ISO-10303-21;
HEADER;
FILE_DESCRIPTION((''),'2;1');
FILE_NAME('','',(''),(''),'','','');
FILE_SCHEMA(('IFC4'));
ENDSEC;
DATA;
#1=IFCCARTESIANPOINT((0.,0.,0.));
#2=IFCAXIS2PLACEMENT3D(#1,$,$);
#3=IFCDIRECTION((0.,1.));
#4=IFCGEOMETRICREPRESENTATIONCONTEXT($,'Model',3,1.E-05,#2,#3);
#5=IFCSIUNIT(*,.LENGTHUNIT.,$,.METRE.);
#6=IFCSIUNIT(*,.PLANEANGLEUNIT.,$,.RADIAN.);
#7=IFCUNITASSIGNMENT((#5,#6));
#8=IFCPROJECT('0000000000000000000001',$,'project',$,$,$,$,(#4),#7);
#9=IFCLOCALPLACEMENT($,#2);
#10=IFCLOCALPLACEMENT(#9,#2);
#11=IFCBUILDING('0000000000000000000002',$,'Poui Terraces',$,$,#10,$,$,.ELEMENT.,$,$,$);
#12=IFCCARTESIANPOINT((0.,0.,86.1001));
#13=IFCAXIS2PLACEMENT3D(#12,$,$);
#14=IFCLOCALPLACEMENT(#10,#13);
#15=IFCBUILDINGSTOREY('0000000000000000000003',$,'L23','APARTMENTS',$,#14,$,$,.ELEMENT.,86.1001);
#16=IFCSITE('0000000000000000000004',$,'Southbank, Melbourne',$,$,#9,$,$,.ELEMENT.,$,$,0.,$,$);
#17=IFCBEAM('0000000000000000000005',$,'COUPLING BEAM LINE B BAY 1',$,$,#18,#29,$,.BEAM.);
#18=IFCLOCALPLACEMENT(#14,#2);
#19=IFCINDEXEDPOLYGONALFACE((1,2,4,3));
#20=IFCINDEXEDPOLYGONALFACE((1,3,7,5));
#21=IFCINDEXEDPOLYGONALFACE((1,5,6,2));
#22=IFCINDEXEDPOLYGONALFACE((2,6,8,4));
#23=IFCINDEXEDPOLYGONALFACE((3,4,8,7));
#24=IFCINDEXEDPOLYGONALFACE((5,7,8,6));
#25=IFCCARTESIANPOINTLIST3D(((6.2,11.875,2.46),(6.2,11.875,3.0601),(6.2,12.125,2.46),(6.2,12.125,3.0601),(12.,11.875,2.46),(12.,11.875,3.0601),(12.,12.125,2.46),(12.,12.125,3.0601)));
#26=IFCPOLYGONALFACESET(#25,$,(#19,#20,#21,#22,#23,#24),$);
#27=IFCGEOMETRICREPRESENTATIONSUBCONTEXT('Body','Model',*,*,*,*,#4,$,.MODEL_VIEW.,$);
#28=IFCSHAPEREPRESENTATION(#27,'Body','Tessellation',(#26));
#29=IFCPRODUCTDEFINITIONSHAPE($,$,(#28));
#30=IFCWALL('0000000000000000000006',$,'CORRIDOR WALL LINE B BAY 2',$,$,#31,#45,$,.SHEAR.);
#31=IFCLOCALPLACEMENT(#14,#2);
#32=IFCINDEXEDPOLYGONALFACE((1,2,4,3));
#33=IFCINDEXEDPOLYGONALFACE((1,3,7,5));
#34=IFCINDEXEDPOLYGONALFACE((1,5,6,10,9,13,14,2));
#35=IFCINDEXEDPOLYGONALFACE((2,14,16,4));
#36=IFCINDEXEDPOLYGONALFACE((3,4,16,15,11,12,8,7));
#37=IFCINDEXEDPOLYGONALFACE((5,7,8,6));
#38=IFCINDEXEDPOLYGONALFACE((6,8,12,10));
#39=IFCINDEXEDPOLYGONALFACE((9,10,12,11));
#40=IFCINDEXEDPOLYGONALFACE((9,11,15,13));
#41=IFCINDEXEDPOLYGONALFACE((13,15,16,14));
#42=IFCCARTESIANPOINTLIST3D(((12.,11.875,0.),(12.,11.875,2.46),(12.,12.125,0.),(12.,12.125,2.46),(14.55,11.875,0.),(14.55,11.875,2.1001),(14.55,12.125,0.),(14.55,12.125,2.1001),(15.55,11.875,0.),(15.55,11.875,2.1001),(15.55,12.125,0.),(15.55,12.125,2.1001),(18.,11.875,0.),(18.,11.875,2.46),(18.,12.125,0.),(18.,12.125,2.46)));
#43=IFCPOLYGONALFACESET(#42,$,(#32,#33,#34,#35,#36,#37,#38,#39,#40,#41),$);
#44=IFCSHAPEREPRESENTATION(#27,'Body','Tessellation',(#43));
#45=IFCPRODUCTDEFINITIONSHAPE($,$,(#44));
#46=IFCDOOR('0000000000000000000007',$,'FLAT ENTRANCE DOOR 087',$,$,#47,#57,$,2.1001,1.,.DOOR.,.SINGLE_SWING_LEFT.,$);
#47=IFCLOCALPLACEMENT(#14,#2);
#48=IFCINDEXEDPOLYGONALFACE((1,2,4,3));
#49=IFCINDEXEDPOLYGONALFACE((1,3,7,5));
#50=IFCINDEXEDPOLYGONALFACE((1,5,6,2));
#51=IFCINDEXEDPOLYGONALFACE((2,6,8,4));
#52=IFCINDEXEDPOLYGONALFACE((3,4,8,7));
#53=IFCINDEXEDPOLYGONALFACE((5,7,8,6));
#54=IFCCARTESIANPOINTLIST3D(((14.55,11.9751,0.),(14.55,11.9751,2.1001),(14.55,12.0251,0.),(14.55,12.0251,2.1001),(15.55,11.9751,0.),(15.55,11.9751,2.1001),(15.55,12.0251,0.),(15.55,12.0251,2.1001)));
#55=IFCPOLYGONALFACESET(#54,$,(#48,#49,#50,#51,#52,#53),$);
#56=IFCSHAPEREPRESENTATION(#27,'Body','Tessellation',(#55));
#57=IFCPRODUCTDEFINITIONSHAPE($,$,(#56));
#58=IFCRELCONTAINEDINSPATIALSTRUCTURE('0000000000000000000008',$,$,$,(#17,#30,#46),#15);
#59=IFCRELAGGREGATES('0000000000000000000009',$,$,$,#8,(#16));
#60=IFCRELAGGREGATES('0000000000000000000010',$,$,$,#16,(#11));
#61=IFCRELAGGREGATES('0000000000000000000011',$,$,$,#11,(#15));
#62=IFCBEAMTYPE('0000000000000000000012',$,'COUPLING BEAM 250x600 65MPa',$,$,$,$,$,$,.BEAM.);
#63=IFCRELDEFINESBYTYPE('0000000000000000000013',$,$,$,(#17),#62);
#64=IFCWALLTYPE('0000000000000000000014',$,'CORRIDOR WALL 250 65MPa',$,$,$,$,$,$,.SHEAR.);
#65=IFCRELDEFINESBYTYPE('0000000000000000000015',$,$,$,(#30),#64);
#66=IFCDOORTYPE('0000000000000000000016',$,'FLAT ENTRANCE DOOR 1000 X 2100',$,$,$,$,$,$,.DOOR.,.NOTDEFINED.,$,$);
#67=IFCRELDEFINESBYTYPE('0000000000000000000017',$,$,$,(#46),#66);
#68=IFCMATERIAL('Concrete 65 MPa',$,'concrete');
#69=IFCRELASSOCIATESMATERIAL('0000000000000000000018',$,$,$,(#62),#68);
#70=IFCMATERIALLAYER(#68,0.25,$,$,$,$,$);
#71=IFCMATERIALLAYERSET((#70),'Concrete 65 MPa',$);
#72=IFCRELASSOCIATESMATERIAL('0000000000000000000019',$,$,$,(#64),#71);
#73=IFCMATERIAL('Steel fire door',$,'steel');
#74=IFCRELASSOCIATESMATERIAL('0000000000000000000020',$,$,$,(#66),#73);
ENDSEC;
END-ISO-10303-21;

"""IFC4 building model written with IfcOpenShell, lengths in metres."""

from ifc_helpers import new_model, si_unit, direction, frame, frame_2d, origin, origin_2d, place, context, subcontext, project, spatial, rectangle, extrude, source, transform, mapped, material, layer, layer_set, material_profile, profile_set, type_object, element, fill, save


model = new_model("IFC4")

# Units and contexts
model_context = context("Model", 3, precision=1e-05, world=origin(), true_north=direction((0.0, 1.0)))
body_context = subcontext(model_context, "Body", "Model", "MODEL_VIEW")
ifc_project = project(units=[si_unit("LENGTHUNIT", "METRE"), si_unit("PLANEANGLEUNIT", "RADIAN")], contexts=[model_context])

# Site, building, storey
site_placement = place(None, origin())
site = spatial("IfcSite", under=ifc_project, at=site_placement, Name="Southbank, Melbourne", CompositionType="ELEMENT", RefElevation=0.0)
building_placement = place(site_placement, origin())
building = spatial("IfcBuilding", under=site, at=building_placement, Name="Poui Terraces", CompositionType="ELEMENT")
storey_placement = place(building_placement, frame((0.0, 0.0, 86.1001)))
storey = spatial("IfcBuildingStorey", under=building, at=storey_placement, Name="L23", Description="APARTMENTS", CompositionType="ELEMENT", Elevation=86.1001)

# Beam
ifc_material_1 = material(Name="Concrete 65 MPa", Category="concrete")
ifc_material_profile = material_profile(ifc_material_1, rectangle(XDim=0.25, YDim=0.6001, at=origin_2d()), Name="RC 250x600")
ifc_profile_set = profile_set([ifc_material_profile], Name="Concrete 65 MPa")
beam_type = type_object("IfcBeamType", Name="COUPLING BEAM 250x600 65MPa", PredefinedType="BEAM", material=ifc_profile_set)
shared_shape = source(origin(), body_context, "Body", "SweptSolid", [
    extrude(rectangle(XDim=0.25, YDim=0.6001, at=origin_2d()), origin(), (0.0, 0.0, 1.0), 5.8),
])
beam_placement = place(storey_placement, frame((6.2, 12.0, 2.76), z_axis=(1.0, 0.0, 0.0), x_axis=(0.0, 1.0, 0.0)))
element("IfcBeam", 1, at=beam_placement, inside=storey, type_object=beam_type, Name="COUPLING BEAM LINE B BAY 1", PredefinedType="BEAM", context=body_context, shape_type="MappedRepresentation", body=[
    mapped(shared_shape, transform((0.0, 0.0, 0.0))),
])

# Wall, opening, door
ifc_layer_1 = layer(ifc_material_1, 0.25)
ifc_layer_set_1 = layer_set([ifc_layer_1], Name="Concrete 65 MPa")
wall_type_1 = type_object("IfcWallType", Name="CORRIDOR WALL 250 65MPa", PredefinedType="SHEAR", material=ifc_layer_set_1)
wall_1_placement = place(storey_placement, frame((12.0, 12.0, 0.0), z_axis=(0.0, 0.0, 1.0), x_axis=(1.0, 0.0, 0.0)))
wall_1 = element("IfcWall", 2, at=wall_1_placement, inside=storey, type_object=wall_type_1, Name="CORRIDOR WALL LINE B BAY 2", PredefinedType="SHEAR", context=body_context, shape_type="SweptSolid", body=[
    extrude(rectangle(XDim=6.0, YDim=0.25, at=frame_2d((3.0, 0.0))), origin(), (0.0, 0.0, 1.0), 2.46),
])
opening_1_placement = place(wall_1_placement, frame((2.55, 0.0, 0.0)))
opening_1 = element("IfcOpeningElement", 3, at=opening_1_placement, cuts=wall_1, PredefinedType="OPENING", context=body_context, shape_type="SweptSolid", body=[
    extrude(rectangle(XDim=1.0, YDim=2.1001, at=frame_2d((0.5, 1.05))), frame((0.0, 0.135, 0.0), z_axis=(0.0, -1.0, 0.0), x_axis=(1.0, 0.0, 0.0)), (0.0, 0.0, 1.0), 0.27),
])
ifc_material_2 = material(Name="Steel fire door", Category="steel")
door_type_1 = type_object("IfcDoorType", Name="FLAT ENTRANCE DOOR 1000 X 2100", OperationType="NOTDEFINED", PredefinedType="DOOR", material=ifc_material_2)
door_1_placement = place(opening_1_placement, frame((1.0, 0.0, 0.0), z_axis=(0.0, 0.0, 1.0), x_axis=(-1.0, 0.0, 0.0)))
door_1 = element("IfcDoor", 4, at=door_1_placement, inside=storey, type_object=door_type_1, Name="FLAT ENTRANCE DOOR 087", OperationType="SINGLE_SWING_LEFT", OverallHeight=2.1001, OverallWidth=1.0, PredefinedType="DOOR", context=body_context, shape_type="SweptSolid", body=[
    extrude(rectangle(XDim=1.0, YDim=2.1001, at=frame_2d((0.5, 1.05))), frame((0.0, 0.0249, 0.0), z_axis=(0.0, -1.0, 0.0), x_axis=(1.0, 0.0, 0.0)), (0.0, 0.0, 1.0), 0.05),
])
fill(opening_1, door_1)

save(model, "model.ifc")
